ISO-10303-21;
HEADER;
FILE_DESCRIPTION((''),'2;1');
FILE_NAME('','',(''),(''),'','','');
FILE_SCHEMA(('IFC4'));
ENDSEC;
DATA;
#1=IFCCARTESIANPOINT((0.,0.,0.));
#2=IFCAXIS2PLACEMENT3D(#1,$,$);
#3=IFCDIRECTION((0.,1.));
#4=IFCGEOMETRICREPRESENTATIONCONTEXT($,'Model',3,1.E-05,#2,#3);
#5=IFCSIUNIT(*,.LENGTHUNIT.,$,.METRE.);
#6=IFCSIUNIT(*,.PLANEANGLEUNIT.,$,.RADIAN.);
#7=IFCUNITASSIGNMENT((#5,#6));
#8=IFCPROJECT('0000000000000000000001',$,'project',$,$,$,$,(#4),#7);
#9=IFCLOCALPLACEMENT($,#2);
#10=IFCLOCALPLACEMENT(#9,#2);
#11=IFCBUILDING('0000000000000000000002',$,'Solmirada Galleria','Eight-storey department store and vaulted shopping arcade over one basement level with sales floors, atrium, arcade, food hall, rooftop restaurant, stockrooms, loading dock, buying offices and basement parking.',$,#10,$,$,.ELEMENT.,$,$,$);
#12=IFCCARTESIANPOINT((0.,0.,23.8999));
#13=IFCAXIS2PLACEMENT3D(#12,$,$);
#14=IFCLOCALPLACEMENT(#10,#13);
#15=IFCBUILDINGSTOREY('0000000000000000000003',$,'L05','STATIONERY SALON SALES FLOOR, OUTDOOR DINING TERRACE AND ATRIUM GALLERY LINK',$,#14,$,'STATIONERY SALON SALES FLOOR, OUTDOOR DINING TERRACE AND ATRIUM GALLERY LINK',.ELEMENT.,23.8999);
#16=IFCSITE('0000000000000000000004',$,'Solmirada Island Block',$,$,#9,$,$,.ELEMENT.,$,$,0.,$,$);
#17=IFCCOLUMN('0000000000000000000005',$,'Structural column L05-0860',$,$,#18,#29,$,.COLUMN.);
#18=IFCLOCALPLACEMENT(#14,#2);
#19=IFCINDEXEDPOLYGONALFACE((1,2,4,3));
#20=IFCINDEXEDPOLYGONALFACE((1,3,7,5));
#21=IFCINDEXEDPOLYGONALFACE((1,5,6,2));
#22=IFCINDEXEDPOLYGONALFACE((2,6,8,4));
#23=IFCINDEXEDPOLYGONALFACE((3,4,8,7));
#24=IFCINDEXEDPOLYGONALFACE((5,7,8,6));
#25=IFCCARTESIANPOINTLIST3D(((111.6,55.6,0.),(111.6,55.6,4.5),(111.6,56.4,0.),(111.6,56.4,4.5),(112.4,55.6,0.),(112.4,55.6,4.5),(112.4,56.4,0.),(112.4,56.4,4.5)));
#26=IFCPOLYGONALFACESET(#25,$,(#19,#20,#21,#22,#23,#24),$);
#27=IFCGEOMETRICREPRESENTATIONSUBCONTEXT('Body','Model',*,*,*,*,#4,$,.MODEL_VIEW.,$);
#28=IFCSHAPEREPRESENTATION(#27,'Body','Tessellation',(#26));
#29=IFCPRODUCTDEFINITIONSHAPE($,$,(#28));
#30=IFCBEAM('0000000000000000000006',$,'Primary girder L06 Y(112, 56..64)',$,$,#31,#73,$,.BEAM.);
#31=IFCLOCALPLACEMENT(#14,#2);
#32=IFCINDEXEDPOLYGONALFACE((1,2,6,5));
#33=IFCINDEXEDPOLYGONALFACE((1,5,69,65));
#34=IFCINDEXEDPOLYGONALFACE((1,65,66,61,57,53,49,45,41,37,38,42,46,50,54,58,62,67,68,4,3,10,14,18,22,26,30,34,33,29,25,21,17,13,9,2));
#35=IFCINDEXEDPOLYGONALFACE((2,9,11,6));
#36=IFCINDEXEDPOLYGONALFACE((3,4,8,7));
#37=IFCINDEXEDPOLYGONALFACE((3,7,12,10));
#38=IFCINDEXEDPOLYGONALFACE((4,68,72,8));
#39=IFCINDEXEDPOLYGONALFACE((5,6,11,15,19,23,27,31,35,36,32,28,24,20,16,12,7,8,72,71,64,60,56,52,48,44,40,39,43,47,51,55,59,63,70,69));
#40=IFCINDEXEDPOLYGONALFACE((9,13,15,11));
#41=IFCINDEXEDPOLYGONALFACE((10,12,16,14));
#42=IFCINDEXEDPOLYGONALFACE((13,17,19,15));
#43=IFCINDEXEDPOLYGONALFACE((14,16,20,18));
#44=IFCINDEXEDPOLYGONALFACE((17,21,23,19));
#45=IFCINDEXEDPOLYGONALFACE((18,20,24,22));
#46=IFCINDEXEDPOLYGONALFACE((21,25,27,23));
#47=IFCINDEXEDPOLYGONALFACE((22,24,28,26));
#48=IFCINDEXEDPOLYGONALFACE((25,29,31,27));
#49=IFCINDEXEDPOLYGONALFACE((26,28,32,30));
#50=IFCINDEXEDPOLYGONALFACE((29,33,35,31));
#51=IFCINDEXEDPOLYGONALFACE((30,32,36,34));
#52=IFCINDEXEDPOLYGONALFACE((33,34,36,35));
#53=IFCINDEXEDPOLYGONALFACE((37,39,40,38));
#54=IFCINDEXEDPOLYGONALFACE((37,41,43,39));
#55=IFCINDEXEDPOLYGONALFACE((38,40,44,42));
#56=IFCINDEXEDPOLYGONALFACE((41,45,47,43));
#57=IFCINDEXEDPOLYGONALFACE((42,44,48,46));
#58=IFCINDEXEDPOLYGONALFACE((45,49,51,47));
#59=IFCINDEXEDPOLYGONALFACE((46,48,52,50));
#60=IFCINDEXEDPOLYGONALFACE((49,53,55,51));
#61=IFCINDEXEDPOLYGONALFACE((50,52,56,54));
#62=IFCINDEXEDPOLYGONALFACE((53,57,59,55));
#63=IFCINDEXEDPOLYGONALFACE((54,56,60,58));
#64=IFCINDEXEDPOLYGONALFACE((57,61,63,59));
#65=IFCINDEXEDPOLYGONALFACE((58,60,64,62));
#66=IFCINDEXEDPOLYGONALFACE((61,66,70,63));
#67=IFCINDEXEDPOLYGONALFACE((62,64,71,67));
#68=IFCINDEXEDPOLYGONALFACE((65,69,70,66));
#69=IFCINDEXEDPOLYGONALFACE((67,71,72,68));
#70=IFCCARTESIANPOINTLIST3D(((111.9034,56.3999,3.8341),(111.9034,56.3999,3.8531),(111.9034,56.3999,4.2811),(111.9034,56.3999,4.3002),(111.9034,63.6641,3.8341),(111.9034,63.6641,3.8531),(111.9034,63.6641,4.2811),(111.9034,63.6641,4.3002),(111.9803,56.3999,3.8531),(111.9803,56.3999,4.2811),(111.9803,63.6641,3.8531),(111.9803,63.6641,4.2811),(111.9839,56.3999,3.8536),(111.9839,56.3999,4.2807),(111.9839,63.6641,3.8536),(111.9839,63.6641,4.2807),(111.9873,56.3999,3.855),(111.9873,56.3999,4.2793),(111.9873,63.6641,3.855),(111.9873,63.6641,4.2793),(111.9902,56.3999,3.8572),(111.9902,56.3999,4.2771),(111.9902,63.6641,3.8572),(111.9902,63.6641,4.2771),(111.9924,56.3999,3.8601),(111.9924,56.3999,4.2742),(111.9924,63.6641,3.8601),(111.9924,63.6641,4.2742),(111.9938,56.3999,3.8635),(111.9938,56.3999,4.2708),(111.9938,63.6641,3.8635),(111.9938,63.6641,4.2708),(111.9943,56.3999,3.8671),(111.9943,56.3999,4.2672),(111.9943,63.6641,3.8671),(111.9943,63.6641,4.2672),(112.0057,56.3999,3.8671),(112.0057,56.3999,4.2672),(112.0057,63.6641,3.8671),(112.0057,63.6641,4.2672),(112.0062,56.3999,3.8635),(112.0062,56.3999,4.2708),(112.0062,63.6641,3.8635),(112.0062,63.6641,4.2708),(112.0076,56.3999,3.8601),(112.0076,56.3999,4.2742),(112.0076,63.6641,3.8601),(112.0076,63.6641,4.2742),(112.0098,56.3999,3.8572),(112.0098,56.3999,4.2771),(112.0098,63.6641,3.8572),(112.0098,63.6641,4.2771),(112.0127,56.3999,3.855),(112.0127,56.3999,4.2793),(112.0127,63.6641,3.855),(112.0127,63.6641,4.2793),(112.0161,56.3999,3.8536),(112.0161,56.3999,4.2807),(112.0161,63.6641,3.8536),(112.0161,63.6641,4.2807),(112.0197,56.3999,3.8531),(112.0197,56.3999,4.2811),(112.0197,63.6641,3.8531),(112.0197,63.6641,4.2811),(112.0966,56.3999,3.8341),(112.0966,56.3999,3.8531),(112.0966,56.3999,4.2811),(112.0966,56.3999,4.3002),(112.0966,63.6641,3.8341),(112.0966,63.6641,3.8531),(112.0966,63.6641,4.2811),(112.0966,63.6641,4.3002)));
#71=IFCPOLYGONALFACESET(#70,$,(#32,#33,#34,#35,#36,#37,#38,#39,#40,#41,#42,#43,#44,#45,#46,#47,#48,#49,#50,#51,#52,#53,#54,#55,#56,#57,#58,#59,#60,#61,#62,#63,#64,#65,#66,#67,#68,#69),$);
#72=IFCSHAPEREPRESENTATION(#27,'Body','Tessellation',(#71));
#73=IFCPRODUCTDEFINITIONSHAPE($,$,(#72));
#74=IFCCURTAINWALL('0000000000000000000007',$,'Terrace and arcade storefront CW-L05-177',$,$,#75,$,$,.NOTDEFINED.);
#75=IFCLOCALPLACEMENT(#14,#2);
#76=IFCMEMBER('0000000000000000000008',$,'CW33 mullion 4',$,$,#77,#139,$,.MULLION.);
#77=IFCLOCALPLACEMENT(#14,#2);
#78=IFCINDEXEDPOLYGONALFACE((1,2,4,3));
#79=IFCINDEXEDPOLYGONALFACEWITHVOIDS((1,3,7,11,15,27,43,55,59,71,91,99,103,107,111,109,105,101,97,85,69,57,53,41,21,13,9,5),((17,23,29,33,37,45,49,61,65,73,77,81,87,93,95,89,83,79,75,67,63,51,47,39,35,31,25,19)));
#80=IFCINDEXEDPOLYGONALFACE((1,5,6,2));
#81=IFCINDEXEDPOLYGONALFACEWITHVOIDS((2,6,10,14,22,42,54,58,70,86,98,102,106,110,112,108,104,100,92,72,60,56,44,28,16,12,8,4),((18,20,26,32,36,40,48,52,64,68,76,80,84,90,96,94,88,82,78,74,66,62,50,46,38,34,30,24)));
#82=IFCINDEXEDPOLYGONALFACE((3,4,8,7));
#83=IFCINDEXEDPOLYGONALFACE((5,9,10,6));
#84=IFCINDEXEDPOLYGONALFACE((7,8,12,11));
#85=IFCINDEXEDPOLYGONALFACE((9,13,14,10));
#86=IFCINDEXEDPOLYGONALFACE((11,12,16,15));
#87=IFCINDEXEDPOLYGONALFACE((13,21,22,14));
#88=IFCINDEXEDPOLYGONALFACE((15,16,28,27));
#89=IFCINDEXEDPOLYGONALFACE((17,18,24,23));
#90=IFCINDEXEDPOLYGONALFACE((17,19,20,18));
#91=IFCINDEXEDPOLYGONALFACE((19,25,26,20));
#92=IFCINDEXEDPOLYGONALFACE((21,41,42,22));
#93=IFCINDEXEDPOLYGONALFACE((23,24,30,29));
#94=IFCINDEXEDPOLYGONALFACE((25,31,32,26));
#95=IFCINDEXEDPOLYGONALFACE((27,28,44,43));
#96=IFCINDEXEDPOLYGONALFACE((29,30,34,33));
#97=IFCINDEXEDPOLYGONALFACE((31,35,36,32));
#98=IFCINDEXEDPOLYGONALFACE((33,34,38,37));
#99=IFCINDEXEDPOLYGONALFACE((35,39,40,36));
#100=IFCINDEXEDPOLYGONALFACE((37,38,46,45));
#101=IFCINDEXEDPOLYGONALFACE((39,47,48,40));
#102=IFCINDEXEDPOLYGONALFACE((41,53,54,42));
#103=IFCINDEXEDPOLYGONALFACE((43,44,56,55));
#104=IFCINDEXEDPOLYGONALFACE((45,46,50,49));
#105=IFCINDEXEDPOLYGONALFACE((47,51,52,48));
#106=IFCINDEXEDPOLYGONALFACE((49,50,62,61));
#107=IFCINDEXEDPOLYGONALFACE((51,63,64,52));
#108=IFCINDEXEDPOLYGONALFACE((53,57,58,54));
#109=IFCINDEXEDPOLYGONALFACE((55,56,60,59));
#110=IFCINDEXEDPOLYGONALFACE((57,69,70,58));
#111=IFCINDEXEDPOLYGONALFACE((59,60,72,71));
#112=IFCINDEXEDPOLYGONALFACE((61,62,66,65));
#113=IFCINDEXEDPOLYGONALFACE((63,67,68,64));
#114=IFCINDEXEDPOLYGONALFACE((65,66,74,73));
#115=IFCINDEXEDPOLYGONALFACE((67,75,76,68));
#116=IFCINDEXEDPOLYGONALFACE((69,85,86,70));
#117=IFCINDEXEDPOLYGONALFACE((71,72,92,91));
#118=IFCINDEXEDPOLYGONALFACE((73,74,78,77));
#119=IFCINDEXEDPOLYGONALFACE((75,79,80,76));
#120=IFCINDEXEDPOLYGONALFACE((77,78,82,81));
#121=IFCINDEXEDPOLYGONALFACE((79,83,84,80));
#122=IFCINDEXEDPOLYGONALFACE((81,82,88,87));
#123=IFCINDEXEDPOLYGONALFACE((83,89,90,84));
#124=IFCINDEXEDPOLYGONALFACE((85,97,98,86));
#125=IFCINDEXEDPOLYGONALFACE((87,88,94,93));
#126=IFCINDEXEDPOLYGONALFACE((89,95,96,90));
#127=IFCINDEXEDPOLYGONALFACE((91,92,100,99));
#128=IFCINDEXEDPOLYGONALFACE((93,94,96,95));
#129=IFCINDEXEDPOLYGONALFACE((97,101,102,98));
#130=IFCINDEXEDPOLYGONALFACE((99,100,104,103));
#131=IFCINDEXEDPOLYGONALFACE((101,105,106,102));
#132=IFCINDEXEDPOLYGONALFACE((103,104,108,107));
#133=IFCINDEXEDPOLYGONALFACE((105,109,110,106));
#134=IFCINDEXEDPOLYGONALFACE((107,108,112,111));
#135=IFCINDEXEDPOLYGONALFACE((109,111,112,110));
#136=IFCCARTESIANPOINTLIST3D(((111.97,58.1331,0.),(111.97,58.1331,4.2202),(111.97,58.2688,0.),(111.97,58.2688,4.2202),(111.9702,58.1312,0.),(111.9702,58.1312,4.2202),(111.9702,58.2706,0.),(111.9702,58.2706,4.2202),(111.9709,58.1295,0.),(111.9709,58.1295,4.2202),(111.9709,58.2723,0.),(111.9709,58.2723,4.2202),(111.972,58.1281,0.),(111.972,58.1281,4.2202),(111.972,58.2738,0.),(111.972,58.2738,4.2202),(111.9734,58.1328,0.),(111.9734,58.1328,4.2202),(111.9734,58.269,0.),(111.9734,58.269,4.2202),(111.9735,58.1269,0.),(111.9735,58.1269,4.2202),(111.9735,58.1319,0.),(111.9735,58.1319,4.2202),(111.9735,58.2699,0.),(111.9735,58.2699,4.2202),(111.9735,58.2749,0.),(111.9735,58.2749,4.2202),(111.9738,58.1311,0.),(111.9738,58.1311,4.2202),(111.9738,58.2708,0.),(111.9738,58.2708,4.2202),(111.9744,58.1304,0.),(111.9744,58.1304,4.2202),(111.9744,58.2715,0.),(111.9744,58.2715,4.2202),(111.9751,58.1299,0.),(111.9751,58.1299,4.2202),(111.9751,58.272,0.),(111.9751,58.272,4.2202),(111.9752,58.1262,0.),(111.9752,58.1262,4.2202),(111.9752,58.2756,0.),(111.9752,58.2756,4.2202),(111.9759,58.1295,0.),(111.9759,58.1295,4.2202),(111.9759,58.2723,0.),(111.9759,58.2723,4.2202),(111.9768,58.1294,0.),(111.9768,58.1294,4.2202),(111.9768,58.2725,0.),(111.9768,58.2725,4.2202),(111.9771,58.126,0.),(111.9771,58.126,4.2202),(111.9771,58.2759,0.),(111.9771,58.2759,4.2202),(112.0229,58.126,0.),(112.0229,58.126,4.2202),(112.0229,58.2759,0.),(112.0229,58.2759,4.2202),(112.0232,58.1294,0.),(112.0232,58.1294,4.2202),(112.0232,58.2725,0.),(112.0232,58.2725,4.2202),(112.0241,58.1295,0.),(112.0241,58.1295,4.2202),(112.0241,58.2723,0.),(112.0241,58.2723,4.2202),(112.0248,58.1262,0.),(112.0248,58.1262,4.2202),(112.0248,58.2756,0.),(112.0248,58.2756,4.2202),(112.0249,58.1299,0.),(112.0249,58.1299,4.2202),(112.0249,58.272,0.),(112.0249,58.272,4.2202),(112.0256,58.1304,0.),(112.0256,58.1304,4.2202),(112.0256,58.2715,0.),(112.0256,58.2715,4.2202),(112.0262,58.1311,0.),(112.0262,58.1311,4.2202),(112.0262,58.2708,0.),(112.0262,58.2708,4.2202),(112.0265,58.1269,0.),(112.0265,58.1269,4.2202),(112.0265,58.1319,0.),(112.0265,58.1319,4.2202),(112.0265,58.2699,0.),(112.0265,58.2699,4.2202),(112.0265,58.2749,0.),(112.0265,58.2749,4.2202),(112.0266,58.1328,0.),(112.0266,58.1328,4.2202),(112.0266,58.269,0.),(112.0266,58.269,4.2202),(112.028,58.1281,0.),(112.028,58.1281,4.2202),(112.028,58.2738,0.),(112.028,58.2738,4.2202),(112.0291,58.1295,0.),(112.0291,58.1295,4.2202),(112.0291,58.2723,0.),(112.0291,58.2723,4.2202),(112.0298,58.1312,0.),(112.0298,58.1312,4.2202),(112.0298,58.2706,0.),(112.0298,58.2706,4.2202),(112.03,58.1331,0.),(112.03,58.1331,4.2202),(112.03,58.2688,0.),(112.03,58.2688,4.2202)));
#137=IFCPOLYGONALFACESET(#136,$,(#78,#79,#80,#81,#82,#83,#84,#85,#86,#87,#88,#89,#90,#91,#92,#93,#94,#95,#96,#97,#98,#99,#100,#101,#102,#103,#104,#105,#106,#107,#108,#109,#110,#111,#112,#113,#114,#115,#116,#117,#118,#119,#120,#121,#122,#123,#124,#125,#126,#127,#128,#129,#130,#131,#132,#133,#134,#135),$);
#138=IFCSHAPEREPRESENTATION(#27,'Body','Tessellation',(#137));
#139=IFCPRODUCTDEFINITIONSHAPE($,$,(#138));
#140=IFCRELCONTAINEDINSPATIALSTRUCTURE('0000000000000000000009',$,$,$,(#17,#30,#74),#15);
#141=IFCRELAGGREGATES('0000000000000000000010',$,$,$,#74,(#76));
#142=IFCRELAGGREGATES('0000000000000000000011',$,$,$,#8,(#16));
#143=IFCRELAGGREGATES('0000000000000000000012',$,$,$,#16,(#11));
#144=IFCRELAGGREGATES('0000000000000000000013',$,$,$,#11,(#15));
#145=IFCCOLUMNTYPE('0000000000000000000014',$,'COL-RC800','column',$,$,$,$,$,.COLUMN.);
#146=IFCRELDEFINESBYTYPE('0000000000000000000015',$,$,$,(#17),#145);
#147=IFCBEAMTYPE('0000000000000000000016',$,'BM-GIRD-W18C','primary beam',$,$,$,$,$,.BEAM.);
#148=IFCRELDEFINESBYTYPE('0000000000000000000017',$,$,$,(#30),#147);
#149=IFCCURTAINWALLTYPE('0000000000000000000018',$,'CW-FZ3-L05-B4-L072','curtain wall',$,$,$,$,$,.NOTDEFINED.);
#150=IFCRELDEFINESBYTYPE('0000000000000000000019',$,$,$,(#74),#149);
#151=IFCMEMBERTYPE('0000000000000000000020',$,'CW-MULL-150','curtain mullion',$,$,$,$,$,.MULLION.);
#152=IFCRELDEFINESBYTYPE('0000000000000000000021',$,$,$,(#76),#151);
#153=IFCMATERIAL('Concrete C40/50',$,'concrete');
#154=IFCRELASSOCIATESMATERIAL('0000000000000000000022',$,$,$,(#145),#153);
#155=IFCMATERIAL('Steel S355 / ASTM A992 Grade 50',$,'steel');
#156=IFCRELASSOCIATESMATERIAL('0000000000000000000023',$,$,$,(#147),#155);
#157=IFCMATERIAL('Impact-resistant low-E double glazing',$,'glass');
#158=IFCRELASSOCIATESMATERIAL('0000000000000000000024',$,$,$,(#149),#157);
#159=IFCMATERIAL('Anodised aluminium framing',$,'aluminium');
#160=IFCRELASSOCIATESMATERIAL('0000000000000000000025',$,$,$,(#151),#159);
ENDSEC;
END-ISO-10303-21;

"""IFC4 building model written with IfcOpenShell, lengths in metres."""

from ifc_helpers import new_model, si_unit, direction, frame, origin, origin_2d, place, context, subcontext, project, spatial, rectangle, hollow_rectangle, i_section, extrude, material, material_profile, profile_set, type_object, element, aggregate, save


model = new_model("IFC4")

# Units and contexts
model_context = context("Model", 3, precision=1e-05, world=origin(), true_north=direction((0.0, 1.0)))
body_context = subcontext(model_context, "Body", "Model", "MODEL_VIEW")
ifc_project = project(units=[si_unit("LENGTHUNIT", "METRE"), si_unit("PLANEANGLEUNIT", "RADIAN")], contexts=[model_context])

# Site, building, storey
site_placement = place(None, origin())
site = spatial("IfcSite", under=ifc_project, at=site_placement, Name="Solmirada Island Block", CompositionType="ELEMENT", RefElevation=0.0)
building_placement = place(site_placement, origin())
building = spatial("IfcBuilding", under=site, at=building_placement, Name="Solmirada Galleria", Description="Eight-storey department store and vaulted shopping arcade over one basement level with sales floors, atrium, arcade, food hall, rooftop restaurant, stockrooms, loading dock, buying offices and basement parking.", CompositionType="ELEMENT")
storey_placement = place(building_placement, frame((0.0, 0.0, 23.8999)))
storey = spatial("IfcBuildingStorey", under=building, at=storey_placement, Name="L05", Description="STATIONERY SALON SALES FLOOR, OUTDOOR DINING TERRACE AND ATRIUM GALLERY LINK", LongName="STATIONERY SALON SALES FLOOR, OUTDOOR DINING TERRACE AND ATRIUM GALLERY LINK", CompositionType="ELEMENT", Elevation=23.8999)

# Column
ifc_material_1 = material(Name="Concrete C40/50", Category="concrete")
ifc_material_profile_1 = material_profile(ifc_material_1, rectangle(XDim=0.8, YDim=0.8, at=origin_2d()), Name="RC800X800")
ifc_profile_set_1 = profile_set([ifc_material_profile_1], Name="Concrete C40/50")
column_type = type_object("IfcColumnType", Name="COL-RC800", Description="column", PredefinedType="COLUMN", material=ifc_profile_set_1)
column_placement = place(storey_placement, frame((112.0, 56.0, 0.0), z_axis=(0.0, 0.0, 1.0), x_axis=(1.0, 0.0, 0.0)))
element("IfcColumn", 1, at=column_placement, inside=storey, type_object=column_type, Name="Structural column L05-0860", PredefinedType="COLUMN", context=body_context, shape_type="SweptSolid", body=[
    extrude(rectangle(XDim=0.8, YDim=0.8, at=origin_2d()), origin(), (0.0, 0.0, 1.0), 4.5),
])

# Beam
ifc_material_2 = material(Name="Steel S355 / ASTM A992 Grade 50", Category="steel")
ifc_material_profile_2 = material_profile(ifc_material_2, i_section(OverallWidth=0.1931, OverallDepth=0.4661, WebThickness=0.0115, FlangeThickness=0.019, FilletRadius=0.0139, at=origin_2d()), Name="W18X65")
ifc_profile_set_2 = profile_set([ifc_material_profile_2], Name="Steel S355 / ASTM A992 Grade 50")
beam_type = type_object("IfcBeamType", Name="BM-GIRD-W18C", Description="primary beam", PredefinedType="BEAM", material=ifc_profile_set_2)
beam_placement = place(storey_placement, frame((112.0, 56.3999, 4.0671), z_axis=(0.0, 1.0, 0.0), x_axis=(-1.0, 0.0, 0.0)))
element("IfcBeam", 2, at=beam_placement, inside=storey, type_object=beam_type, Name="Primary girder L06 Y(112, 56..64)", PredefinedType="BEAM", context=body_context, shape_type="SweptSolid", body=[
    extrude(i_section(OverallWidth=0.1931, OverallDepth=0.4661, WebThickness=0.0115, FlangeThickness=0.019, FilletRadius=0.0139, at=origin_2d()), origin(), (0.0, 0.0, 1.0), 7.2642),
])

# Curtain wall, member
ifc_material_3 = material(Name="Impact-resistant low-E double glazing", Category="glass")
curtain_wall_type = type_object("IfcCurtainWallType", Name="CW-FZ3-L05-B4-L072", Description="curtain wall", PredefinedType="NOTDEFINED", material=ifc_material_3)
curtain_wall_1_placement = place(storey_placement, origin())
curtain_wall_1 = element("IfcCurtainWall", 3, at=curtain_wall_1_placement, inside=storey, type_object=curtain_wall_type, Name="Terrace and arcade storefront CW-L05-177", PredefinedType="NOTDEFINED")
ifc_material_4 = material(Name="Anodised aluminium framing", Category="aluminium")
ifc_material_profile_3 = material_profile(ifc_material_4, hollow_rectangle(XDim=0.0601, YDim=0.1499, WallThickness=0.0034, InnerFilletRadius=0.0034, OuterFilletRadius=0.0071, at=origin_2d()), Name="ALU-MULL-150X60")
ifc_profile_set_3 = profile_set([ifc_material_profile_3], Name="Anodised aluminium framing")
member_type_1 = type_object("IfcMemberType", Name="CW-MULL-150", Description="curtain mullion", PredefinedType="MULLION", material=ifc_profile_set_3)
member_1_placement = place(storey_placement, frame((112.0, 58.2009, 0.0), z_axis=(0.0, 0.0, 1.0), x_axis=(1.0, 0.0, 0.0)))
member_1 = element("IfcMember", 4, at=member_1_placement, type_object=member_type_1, Name="CW33 mullion 4", PredefinedType="MULLION", context=body_context, shape_type="SweptSolid", body=[
    extrude(hollow_rectangle(XDim=0.0601, YDim=0.1499, WallThickness=0.0034, InnerFilletRadius=0.0034, OuterFilletRadius=0.0071, at=origin_2d()), origin(), (0.0, 0.0, 1.0), 4.2202),
])

aggregate(curtain_wall_1, [member_1])

save(model, "model.ifc")
